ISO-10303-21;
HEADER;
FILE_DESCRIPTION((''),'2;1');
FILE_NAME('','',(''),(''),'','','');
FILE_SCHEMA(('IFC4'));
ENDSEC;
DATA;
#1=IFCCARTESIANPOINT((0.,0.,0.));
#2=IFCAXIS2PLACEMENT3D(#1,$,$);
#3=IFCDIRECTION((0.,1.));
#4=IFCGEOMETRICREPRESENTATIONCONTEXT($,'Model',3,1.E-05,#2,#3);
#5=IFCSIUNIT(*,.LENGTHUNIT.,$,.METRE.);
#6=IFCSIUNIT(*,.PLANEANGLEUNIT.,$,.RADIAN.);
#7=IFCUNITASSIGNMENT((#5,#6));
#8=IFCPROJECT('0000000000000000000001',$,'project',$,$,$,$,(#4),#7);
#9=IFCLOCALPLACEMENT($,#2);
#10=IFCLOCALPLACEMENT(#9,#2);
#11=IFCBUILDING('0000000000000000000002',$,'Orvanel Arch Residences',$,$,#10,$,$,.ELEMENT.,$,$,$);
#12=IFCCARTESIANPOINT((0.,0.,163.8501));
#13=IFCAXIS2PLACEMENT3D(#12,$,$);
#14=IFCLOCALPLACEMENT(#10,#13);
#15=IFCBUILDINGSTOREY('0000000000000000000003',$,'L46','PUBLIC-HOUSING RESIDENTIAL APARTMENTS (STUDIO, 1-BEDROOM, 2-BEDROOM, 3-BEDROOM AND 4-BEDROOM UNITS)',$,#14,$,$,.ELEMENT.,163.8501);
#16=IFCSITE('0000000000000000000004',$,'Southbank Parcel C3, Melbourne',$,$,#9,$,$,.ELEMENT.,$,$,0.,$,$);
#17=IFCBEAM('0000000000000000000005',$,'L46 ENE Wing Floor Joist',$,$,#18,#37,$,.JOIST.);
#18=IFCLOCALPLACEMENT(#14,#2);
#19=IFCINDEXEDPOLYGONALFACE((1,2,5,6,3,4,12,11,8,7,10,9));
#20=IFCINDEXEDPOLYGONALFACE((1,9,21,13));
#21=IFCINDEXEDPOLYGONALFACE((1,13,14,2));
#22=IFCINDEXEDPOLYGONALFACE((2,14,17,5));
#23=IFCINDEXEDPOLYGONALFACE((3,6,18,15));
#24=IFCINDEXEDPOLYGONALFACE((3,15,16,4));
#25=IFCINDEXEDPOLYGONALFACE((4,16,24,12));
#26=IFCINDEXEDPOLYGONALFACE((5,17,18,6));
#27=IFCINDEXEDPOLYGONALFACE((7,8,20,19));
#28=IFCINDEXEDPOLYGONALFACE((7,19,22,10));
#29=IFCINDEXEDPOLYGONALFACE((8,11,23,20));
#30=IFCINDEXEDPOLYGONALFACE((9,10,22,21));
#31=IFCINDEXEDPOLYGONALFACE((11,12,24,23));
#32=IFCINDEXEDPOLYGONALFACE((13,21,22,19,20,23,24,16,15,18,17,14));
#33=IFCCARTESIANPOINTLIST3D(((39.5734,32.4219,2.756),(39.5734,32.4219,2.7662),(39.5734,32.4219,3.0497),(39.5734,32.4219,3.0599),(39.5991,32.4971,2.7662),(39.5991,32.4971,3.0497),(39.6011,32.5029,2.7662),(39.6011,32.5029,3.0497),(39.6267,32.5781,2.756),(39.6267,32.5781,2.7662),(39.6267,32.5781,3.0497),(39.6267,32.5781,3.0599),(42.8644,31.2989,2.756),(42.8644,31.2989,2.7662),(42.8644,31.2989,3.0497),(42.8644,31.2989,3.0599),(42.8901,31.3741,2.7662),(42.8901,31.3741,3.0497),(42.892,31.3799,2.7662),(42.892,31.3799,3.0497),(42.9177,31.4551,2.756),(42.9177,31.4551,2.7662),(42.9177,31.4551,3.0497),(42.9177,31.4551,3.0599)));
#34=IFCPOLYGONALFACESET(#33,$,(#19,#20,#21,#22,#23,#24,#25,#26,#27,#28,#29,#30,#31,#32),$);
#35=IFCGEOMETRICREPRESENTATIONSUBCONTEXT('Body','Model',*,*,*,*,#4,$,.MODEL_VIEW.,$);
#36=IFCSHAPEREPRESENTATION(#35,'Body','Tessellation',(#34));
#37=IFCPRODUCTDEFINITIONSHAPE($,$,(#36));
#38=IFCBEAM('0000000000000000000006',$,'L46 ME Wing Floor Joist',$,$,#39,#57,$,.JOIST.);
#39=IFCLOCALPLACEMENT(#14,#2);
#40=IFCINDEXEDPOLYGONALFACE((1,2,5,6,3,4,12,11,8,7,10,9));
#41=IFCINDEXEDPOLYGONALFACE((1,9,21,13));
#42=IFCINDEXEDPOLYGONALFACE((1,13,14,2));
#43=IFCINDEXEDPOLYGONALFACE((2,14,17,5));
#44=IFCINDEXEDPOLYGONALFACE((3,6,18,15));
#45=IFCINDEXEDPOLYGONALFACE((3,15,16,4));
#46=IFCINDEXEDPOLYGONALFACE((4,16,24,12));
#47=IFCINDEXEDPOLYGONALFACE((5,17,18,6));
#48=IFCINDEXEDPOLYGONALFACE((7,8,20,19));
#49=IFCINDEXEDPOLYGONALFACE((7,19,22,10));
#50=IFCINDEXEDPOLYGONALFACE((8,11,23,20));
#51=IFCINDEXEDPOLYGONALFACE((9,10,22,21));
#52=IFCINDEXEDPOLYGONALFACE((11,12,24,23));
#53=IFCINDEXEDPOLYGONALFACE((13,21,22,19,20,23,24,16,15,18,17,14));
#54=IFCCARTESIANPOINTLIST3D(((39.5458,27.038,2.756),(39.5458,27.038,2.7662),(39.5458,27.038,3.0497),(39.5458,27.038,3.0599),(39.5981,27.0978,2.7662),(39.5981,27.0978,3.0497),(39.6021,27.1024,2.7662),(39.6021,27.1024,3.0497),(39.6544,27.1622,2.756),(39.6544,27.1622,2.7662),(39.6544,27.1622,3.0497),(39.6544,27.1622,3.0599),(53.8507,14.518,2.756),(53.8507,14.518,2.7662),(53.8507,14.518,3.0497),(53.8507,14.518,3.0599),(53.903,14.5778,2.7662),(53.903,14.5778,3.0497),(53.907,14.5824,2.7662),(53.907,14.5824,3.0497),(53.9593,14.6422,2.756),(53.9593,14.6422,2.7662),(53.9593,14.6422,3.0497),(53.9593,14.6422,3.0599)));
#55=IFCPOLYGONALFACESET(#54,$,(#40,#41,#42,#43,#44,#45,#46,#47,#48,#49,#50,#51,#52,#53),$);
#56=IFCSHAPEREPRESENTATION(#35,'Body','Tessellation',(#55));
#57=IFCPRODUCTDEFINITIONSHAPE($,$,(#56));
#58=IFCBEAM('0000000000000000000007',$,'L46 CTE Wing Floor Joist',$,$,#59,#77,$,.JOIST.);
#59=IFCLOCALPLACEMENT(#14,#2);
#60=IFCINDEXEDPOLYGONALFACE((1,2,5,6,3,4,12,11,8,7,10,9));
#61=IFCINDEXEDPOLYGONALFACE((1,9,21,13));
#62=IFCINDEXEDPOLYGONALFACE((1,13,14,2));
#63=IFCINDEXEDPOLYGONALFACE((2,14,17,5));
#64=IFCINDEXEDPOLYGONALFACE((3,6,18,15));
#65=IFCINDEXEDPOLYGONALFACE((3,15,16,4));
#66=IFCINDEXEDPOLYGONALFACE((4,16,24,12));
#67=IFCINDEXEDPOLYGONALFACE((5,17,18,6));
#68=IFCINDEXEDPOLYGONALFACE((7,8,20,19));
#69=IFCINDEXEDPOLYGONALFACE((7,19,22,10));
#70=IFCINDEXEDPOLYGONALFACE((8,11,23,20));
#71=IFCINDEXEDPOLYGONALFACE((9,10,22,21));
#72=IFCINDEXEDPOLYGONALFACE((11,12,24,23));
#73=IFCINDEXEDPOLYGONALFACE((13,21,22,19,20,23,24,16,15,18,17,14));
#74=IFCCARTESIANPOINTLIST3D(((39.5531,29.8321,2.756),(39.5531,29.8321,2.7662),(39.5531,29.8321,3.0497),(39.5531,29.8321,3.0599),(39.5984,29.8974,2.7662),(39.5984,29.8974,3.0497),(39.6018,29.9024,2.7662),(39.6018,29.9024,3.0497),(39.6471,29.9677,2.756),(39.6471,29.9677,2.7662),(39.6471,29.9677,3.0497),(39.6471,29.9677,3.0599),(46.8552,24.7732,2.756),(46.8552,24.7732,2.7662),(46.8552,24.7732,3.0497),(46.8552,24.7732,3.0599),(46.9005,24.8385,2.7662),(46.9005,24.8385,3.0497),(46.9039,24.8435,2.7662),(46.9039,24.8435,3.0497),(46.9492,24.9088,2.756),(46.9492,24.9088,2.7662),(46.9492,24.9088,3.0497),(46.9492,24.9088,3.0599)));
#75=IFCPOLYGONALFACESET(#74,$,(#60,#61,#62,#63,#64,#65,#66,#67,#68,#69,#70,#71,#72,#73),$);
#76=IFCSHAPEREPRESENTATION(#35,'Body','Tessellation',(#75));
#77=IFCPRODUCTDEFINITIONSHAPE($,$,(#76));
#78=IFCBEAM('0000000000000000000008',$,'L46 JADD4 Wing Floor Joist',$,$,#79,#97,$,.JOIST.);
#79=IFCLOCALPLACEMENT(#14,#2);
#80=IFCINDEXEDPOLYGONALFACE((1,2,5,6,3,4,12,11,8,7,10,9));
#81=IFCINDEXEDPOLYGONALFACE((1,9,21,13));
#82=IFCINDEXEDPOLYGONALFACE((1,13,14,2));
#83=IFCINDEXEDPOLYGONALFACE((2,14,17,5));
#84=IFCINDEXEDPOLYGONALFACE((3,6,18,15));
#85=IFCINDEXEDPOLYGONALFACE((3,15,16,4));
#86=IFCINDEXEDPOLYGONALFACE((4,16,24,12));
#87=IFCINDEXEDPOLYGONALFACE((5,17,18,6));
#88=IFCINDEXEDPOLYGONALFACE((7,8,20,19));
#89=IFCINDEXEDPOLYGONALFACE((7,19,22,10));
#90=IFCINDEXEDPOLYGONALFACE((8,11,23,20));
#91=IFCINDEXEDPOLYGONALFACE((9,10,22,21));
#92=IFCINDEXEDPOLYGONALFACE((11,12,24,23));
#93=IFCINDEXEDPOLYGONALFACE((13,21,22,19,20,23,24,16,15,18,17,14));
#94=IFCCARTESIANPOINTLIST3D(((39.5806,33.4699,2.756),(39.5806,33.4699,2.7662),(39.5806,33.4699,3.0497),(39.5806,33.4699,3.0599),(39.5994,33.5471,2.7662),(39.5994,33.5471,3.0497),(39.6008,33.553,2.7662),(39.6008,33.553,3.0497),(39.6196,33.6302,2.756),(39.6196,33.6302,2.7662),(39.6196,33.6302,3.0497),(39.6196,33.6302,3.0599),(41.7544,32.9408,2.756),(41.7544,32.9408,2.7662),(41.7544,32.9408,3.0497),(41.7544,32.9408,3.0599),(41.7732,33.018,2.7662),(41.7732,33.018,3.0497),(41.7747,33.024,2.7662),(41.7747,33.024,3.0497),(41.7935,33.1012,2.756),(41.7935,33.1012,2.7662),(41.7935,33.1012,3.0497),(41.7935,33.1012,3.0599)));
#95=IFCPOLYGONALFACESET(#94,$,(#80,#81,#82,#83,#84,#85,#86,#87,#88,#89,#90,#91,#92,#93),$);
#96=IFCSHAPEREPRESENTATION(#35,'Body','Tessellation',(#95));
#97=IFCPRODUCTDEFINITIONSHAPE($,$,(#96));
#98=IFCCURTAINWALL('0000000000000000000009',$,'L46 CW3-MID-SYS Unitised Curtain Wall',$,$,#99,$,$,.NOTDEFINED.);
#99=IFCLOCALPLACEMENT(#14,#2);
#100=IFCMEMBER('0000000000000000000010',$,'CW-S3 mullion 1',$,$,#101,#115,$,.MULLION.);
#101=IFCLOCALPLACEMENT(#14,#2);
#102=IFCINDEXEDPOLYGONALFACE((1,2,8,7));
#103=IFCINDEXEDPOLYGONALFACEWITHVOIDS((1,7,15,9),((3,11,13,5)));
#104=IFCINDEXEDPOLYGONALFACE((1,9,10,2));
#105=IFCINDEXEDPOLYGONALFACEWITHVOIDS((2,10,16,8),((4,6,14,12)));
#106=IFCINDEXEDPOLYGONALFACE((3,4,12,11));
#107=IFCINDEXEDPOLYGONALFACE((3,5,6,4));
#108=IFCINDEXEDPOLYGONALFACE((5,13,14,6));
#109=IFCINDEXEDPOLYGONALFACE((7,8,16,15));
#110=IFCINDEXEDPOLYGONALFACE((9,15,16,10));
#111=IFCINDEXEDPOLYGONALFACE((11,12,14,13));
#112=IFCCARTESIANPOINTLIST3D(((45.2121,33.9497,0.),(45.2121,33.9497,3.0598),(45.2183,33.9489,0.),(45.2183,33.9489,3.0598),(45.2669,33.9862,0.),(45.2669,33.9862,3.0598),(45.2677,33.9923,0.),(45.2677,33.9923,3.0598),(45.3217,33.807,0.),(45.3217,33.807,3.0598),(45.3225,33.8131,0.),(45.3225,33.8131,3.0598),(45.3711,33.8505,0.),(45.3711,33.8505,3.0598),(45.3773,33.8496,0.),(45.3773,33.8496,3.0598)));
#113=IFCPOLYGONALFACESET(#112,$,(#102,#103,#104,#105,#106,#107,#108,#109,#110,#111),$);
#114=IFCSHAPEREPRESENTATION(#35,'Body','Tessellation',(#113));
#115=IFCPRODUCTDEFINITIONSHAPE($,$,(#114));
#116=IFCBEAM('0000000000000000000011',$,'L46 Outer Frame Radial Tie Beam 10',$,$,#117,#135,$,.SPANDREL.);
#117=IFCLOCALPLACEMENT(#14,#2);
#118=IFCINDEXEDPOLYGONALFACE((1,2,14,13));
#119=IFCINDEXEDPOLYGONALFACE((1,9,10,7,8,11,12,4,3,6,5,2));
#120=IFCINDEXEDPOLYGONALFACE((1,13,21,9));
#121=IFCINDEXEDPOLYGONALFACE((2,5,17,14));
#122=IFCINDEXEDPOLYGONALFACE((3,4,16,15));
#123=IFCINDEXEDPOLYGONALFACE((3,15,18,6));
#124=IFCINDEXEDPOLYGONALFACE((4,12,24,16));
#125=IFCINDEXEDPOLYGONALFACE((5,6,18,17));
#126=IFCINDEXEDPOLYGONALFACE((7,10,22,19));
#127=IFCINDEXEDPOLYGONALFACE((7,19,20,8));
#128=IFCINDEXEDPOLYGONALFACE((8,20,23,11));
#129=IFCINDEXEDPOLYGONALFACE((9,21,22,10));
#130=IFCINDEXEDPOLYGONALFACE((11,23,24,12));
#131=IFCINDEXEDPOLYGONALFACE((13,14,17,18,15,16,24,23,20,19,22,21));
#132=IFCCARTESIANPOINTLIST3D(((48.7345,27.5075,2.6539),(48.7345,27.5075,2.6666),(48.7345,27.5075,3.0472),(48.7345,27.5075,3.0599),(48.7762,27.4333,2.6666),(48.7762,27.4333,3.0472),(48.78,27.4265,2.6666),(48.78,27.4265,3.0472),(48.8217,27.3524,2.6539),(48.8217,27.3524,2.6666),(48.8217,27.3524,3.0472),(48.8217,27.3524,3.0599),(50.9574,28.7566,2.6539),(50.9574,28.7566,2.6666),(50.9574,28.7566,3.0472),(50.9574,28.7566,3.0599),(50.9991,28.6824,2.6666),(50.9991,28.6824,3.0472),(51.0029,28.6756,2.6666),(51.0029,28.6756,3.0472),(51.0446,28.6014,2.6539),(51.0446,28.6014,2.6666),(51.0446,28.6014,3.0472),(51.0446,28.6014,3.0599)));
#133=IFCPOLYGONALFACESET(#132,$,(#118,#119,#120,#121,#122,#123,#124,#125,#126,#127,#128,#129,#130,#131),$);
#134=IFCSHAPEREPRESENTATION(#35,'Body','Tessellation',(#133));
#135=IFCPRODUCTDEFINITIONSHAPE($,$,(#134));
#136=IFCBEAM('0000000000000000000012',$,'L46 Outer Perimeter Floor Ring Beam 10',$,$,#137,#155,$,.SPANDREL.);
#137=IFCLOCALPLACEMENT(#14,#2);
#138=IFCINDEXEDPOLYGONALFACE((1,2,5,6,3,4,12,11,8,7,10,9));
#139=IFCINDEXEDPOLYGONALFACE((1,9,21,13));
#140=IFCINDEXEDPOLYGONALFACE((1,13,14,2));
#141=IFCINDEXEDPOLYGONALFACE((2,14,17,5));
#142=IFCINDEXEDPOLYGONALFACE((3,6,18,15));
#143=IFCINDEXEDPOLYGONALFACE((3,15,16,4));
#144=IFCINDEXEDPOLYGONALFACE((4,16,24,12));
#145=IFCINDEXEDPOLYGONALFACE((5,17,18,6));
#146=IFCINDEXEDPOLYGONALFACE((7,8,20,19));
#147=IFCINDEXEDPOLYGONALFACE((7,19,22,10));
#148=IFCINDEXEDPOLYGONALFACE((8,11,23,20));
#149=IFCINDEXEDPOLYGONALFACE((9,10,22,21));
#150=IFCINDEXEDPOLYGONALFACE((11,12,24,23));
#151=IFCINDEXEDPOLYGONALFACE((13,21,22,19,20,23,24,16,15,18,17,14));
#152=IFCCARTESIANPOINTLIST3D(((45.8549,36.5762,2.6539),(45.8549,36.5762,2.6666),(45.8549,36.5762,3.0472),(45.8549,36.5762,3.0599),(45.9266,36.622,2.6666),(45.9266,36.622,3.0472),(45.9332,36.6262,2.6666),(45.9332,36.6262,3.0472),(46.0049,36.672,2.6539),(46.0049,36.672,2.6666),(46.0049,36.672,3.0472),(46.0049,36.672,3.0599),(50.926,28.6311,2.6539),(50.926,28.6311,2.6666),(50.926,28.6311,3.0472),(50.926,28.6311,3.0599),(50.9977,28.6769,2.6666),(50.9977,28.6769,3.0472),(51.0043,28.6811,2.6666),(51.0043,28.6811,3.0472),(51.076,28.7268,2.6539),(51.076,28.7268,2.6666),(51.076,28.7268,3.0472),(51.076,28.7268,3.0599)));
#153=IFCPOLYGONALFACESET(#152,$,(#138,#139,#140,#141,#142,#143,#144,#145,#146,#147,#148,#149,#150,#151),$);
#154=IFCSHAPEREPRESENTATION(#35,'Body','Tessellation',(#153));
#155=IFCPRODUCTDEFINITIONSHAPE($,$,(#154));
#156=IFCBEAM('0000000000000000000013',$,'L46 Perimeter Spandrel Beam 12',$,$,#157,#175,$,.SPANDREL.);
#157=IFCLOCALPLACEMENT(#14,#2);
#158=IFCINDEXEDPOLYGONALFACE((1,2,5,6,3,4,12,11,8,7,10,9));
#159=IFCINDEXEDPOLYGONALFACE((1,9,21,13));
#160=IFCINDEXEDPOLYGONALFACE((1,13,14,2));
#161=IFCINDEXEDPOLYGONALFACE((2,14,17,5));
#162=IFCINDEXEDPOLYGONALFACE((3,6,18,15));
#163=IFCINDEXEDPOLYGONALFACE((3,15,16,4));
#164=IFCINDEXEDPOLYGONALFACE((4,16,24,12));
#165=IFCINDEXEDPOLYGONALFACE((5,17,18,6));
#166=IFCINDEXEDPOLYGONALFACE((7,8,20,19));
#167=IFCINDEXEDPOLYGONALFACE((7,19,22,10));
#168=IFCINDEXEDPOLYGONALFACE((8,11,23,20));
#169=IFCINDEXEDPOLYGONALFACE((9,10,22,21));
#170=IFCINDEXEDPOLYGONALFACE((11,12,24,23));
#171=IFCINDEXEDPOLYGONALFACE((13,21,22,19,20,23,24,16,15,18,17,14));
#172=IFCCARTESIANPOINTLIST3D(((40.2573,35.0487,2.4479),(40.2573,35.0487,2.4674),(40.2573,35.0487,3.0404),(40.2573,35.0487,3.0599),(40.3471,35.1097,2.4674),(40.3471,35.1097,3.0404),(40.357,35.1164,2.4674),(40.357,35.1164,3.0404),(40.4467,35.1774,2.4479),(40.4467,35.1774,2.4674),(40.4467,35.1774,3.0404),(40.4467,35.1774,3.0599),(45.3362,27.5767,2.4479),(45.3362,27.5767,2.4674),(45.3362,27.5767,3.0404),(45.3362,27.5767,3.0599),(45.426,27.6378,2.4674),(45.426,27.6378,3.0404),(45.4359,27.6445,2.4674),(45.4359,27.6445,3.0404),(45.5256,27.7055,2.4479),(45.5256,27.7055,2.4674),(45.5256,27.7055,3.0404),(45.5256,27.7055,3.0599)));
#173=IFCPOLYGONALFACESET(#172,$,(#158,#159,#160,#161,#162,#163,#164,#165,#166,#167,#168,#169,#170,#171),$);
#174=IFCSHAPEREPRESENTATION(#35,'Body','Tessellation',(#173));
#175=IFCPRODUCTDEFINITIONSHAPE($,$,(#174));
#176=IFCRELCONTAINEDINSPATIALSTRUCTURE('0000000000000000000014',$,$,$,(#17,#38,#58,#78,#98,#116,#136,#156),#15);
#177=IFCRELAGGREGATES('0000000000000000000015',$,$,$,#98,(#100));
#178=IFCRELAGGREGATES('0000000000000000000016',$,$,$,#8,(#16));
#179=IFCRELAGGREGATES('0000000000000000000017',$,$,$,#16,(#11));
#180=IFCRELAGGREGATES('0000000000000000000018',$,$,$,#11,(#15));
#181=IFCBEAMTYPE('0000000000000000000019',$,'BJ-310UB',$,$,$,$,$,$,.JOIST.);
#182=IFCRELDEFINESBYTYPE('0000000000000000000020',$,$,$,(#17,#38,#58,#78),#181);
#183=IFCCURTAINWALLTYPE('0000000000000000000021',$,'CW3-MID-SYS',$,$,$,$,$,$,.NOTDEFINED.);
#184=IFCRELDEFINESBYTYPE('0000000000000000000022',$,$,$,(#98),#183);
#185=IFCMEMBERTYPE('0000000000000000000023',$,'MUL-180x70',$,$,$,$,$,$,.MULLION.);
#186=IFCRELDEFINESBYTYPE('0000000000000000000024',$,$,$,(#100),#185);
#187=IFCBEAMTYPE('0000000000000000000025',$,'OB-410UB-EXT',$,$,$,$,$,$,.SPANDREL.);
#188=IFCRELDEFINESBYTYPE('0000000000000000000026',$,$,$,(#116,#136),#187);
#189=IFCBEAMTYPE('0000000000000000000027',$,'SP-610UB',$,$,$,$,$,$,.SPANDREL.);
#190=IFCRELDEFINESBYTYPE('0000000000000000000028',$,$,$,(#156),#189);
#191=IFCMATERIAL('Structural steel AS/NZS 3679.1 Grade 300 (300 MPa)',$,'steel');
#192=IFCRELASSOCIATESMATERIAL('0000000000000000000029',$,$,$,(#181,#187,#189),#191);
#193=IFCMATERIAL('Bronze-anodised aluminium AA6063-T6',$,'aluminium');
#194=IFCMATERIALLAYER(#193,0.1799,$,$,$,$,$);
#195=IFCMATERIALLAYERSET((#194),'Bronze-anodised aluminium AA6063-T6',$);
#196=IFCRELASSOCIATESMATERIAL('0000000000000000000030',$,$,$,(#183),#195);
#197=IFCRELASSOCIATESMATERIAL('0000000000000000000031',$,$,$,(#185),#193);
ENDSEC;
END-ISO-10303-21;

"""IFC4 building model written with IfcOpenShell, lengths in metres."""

from ifc_helpers import new_model, si_unit, direction, frame, origin, origin_2d, place, context, subcontext, project, spatial, hollow_rectangle, i_section, extrude, material, layer, layer_set, material_profile, profile_set, type_object, element, aggregate, save


model = new_model("IFC4")

# Units and contexts
model_context = context("Model", 3, precision=1e-05, world=origin(), true_north=direction((0.0, 1.0)))
body_context = subcontext(model_context, "Body", "Model", "MODEL_VIEW")
ifc_project = project(units=[si_unit("LENGTHUNIT", "METRE"), si_unit("PLANEANGLEUNIT", "RADIAN")], contexts=[model_context])

# Site, building, storey
site_placement = place(None, origin())
site = spatial("IfcSite", under=ifc_project, at=site_placement, Name="Southbank Parcel C3, Melbourne", CompositionType="ELEMENT", RefElevation=0.0)
building_placement = place(site_placement, origin())
building = spatial("IfcBuilding", under=site, at=building_placement, Name="Orvanel Arch Residences", CompositionType="ELEMENT")
storey_placement = place(building_placement, frame((0.0, 0.0, 163.8501)))
storey = spatial("IfcBuildingStorey", under=building, at=storey_placement, Name="L46", Description="PUBLIC-HOUSING RESIDENTIAL APARTMENTS (STUDIO, 1-BEDROOM, 2-BEDROOM, 3-BEDROOM AND 4-BEDROOM UNITS)", CompositionType="ELEMENT", Elevation=163.8501)

# Beams
ifc_material_1 = material(Name="Structural steel AS/NZS 3679.1 Grade 300 (300 MPa)", Category="steel")
ifc_material_profile_1 = material_profile(ifc_material_1, i_section(OverallWidth=0.165, OverallDepth=0.304, WebThickness=0.0061, FlangeThickness=0.0103, at=origin_2d()), Name="310UB40.4")
ifc_profile_set_1 = profile_set([ifc_material_profile_1], Name="Structural steel AS/NZS 3679.1 Grade 300 (300 MPa)")
beam_type_1 = type_object("IfcBeamType", Name="BJ-310UB", PredefinedType="JOIST", material=ifc_profile_set_1)
beam_1_placement = place(storey_placement, frame((39.6001, 32.5, 2.908), z_axis=(0.946413, -0.32296, 0.0), x_axis=(0.32296, 0.946413, 0.0)))
element("IfcBeam", 1, at=beam_1_placement, inside=storey, type_object=beam_type_1, Name="L46 ENE Wing Floor Joist", PredefinedType="JOIST", context=body_context, shape_type="SweptSolid", body=[
    extrude(i_section(OverallWidth=0.165, OverallDepth=0.304, WebThickness=0.0061, FlangeThickness=0.0103, at=origin_2d()), origin(), (0.0, 0.0, 1.0), 3.4773),
])
beam_2_placement = place(storey_placement, frame((39.6001, 27.1001, 2.908), z_axis=(0.752493, -0.6586, 0.0), x_axis=(0.6586, 0.752493, 0.0)))
element("IfcBeam", 2, at=beam_2_placement, inside=storey, type_object=beam_type_1, Name="L46 ME Wing Floor Joist", PredefinedType="JOIST", context=body_context, shape_type="SweptSolid", body=[
    extrude(i_section(OverallWidth=0.165, OverallDepth=0.304, WebThickness=0.0061, FlangeThickness=0.0103, at=origin_2d()), origin(), (0.0, 0.0, 1.0), 19.01),
])
beam_3_placement = place(storey_placement, frame((39.6001, 29.8999, 2.908), z_axis=(0.822002, -0.569484, 0.0), x_axis=(0.569484, 0.822002, 0.0)))
element("IfcBeam", 3, at=beam_3_placement, inside=storey, type_object=beam_type_1, Name="L46 CTE Wing Floor Joist", PredefinedType="JOIST", context=body_context, shape_type="SweptSolid", body=[
    extrude(i_section(OverallWidth=0.165, OverallDepth=0.304, WebThickness=0.0061, FlangeThickness=0.0103, at=origin_2d()), origin(), (0.0, 0.0, 1.0), 8.8833),
])
beam_4_placement = place(storey_placement, frame((39.6001, 33.55, 2.908), z_axis=(0.971638, -0.236471, 0.0), x_axis=(0.236471, 0.971638, 0.0)))
element("IfcBeam", 4, at=beam_4_placement, inside=storey, type_object=beam_type_1, Name="L46 JADD4 Wing Floor Joist", PredefinedType="JOIST", context=body_context, shape_type="SweptSolid", body=[
    extrude(i_section(OverallWidth=0.165, OverallDepth=0.304, WebThickness=0.0061, FlangeThickness=0.0103, at=origin_2d()), origin(), (0.0, 0.0, 1.0), 2.2373),
])

# Curtain wall, member
ifc_material_2 = material(Name="Bronze-anodised aluminium AA6063-T6", Category="aluminium")
ifc_layer_1 = layer(ifc_material_2, 0.1799)
ifc_layer_set_1 = layer_set([ifc_layer_1], Name="Bronze-anodised aluminium AA6063-T6")
curtain_wall_type = type_object("IfcCurtainWallType", Name="CW3-MID-SYS", PredefinedType="NOTDEFINED", material=ifc_layer_set_1)
curtain_wall_placement = place(storey_placement, origin())
curtain_wall = element("IfcCurtainWall", 5, at=curtain_wall_placement, inside=storey, type_object=curtain_wall_type, Name="L46 CW3-MID-SYS Unitised Curtain Wall", PredefinedType="NOTDEFINED")
ifc_material_profile_2 = material_profile(ifc_material_2, hollow_rectangle(XDim=0.0701, YDim=0.1799, WallThickness=0.0044, at=origin_2d()), Name="ALU180x70x4.5")
ifc_profile_set_2 = profile_set([ifc_material_profile_2], Name="Bronze-anodised aluminium AA6063-T6")
member_type_1 = type_object("IfcMemberType", Name="MUL-180x70", PredefinedType="MULLION", material=ifc_profile_set_2)
member_1_placement = place(storey_placement, frame((45.2947, 33.8997, 0.0), z_axis=(0.0, 0.0, 1.0), x_axis=(-0.793095, -0.609099, 0.0)))
member_1 = element("IfcMember", 6, at=member_1_placement, type_object=member_type_1, Name="CW-S3 mullion 1", PredefinedType="MULLION", context=body_context, shape_type="SweptSolid", body=[
    extrude(hollow_rectangle(XDim=0.0701, YDim=0.1799, WallThickness=0.0044, at=origin_2d()), origin(), (0.0, 0.0, 1.0), 3.0598),
])

# Beams
ifc_material_profile_3 = material_profile(ifc_material_1, i_section(OverallWidth=0.178, OverallDepth=0.406, WebThickness=0.0078, FlangeThickness=0.0127, at=origin_2d()), Name="410UB59.7")
ifc_profile_set_3 = profile_set([ifc_material_profile_3], Name="Structural steel AS/NZS 3679.1 Grade 300 (300 MPa)")
beam_type_2 = type_object("IfcBeamType", Name="OB-410UB-EXT", PredefinedType="SPANDREL", material=ifc_profile_set_3)
beam_5_placement = place(storey_placement, frame((48.7781, 27.4299, 2.8569), z_axis=(0.871803, 0.489857, 0.0), x_axis=(-0.489857, 0.871803, 0.0)))
element("IfcBeam", 7, at=beam_5_placement, inside=storey, type_object=beam_type_2, Name="L46 Outer Frame Radial Tie Beam 10", PredefinedType="SPANDREL", context=body_context, shape_type="SweptSolid", body=[
    extrude(i_section(OverallWidth=0.178, OverallDepth=0.406, WebThickness=0.0078, FlangeThickness=0.0127, at=origin_2d()), origin(), (0.0, 0.0, 1.0), 2.5498),
])
beam_6_placement = place(storey_placement, frame((51.001, 28.679, 2.8569), z_axis=(-0.538015, 0.842935, 0.0), x_axis=(-0.842935, -0.538015, 0.0)))
element("IfcBeam", 8, at=beam_6_placement, inside=storey, type_object=beam_type_2, Name="L46 Outer Perimeter Floor Ring Beam 10", PredefinedType="SPANDREL", context=body_context, shape_type="SweptSolid", body=[
    extrude(i_section(OverallWidth=0.178, OverallDepth=0.406, WebThickness=0.0078, FlangeThickness=0.0127, at=origin_2d()), origin(), (0.0, 0.0, 1.0), 9.4255),
])
ifc_material_profile_4 = material_profile(ifc_material_1, i_section(OverallWidth=0.229, OverallDepth=0.6121, WebThickness=0.012, FlangeThickness=0.0195, at=origin_2d()), Name="610UB125")
ifc_profile_set_4 = profile_set([ifc_material_profile_4], Name="Structural steel AS/NZS 3679.1 Grade 300 (300 MPa)")
beam_type_3 = type_object("IfcBeamType", Name="SP-610UB", PredefinedType="SPANDREL", material=ifc_profile_set_4)
beam_7_placement = place(storey_placement, frame((45.4309, 27.6411, 2.7539), z_axis=(-0.562155, 0.827032, 0.0), x_axis=(-0.827032, -0.562155, 0.0)))
element("IfcBeam", 9, at=beam_7_placement, inside=storey, type_object=beam_type_3, Name="L46 Perimeter Spandrel Beam 12", PredefinedType="SPANDREL", context=body_context, shape_type="SweptSolid", body=[
    extrude(i_section(OverallWidth=0.229, OverallDepth=0.6121, WebThickness=0.012, FlangeThickness=0.0195, at=origin_2d()), origin(), (0.0, 0.0, 1.0), 9.0347),
])

aggregate(curtain_wall, [member_1])

save(model, "model.ifc")
